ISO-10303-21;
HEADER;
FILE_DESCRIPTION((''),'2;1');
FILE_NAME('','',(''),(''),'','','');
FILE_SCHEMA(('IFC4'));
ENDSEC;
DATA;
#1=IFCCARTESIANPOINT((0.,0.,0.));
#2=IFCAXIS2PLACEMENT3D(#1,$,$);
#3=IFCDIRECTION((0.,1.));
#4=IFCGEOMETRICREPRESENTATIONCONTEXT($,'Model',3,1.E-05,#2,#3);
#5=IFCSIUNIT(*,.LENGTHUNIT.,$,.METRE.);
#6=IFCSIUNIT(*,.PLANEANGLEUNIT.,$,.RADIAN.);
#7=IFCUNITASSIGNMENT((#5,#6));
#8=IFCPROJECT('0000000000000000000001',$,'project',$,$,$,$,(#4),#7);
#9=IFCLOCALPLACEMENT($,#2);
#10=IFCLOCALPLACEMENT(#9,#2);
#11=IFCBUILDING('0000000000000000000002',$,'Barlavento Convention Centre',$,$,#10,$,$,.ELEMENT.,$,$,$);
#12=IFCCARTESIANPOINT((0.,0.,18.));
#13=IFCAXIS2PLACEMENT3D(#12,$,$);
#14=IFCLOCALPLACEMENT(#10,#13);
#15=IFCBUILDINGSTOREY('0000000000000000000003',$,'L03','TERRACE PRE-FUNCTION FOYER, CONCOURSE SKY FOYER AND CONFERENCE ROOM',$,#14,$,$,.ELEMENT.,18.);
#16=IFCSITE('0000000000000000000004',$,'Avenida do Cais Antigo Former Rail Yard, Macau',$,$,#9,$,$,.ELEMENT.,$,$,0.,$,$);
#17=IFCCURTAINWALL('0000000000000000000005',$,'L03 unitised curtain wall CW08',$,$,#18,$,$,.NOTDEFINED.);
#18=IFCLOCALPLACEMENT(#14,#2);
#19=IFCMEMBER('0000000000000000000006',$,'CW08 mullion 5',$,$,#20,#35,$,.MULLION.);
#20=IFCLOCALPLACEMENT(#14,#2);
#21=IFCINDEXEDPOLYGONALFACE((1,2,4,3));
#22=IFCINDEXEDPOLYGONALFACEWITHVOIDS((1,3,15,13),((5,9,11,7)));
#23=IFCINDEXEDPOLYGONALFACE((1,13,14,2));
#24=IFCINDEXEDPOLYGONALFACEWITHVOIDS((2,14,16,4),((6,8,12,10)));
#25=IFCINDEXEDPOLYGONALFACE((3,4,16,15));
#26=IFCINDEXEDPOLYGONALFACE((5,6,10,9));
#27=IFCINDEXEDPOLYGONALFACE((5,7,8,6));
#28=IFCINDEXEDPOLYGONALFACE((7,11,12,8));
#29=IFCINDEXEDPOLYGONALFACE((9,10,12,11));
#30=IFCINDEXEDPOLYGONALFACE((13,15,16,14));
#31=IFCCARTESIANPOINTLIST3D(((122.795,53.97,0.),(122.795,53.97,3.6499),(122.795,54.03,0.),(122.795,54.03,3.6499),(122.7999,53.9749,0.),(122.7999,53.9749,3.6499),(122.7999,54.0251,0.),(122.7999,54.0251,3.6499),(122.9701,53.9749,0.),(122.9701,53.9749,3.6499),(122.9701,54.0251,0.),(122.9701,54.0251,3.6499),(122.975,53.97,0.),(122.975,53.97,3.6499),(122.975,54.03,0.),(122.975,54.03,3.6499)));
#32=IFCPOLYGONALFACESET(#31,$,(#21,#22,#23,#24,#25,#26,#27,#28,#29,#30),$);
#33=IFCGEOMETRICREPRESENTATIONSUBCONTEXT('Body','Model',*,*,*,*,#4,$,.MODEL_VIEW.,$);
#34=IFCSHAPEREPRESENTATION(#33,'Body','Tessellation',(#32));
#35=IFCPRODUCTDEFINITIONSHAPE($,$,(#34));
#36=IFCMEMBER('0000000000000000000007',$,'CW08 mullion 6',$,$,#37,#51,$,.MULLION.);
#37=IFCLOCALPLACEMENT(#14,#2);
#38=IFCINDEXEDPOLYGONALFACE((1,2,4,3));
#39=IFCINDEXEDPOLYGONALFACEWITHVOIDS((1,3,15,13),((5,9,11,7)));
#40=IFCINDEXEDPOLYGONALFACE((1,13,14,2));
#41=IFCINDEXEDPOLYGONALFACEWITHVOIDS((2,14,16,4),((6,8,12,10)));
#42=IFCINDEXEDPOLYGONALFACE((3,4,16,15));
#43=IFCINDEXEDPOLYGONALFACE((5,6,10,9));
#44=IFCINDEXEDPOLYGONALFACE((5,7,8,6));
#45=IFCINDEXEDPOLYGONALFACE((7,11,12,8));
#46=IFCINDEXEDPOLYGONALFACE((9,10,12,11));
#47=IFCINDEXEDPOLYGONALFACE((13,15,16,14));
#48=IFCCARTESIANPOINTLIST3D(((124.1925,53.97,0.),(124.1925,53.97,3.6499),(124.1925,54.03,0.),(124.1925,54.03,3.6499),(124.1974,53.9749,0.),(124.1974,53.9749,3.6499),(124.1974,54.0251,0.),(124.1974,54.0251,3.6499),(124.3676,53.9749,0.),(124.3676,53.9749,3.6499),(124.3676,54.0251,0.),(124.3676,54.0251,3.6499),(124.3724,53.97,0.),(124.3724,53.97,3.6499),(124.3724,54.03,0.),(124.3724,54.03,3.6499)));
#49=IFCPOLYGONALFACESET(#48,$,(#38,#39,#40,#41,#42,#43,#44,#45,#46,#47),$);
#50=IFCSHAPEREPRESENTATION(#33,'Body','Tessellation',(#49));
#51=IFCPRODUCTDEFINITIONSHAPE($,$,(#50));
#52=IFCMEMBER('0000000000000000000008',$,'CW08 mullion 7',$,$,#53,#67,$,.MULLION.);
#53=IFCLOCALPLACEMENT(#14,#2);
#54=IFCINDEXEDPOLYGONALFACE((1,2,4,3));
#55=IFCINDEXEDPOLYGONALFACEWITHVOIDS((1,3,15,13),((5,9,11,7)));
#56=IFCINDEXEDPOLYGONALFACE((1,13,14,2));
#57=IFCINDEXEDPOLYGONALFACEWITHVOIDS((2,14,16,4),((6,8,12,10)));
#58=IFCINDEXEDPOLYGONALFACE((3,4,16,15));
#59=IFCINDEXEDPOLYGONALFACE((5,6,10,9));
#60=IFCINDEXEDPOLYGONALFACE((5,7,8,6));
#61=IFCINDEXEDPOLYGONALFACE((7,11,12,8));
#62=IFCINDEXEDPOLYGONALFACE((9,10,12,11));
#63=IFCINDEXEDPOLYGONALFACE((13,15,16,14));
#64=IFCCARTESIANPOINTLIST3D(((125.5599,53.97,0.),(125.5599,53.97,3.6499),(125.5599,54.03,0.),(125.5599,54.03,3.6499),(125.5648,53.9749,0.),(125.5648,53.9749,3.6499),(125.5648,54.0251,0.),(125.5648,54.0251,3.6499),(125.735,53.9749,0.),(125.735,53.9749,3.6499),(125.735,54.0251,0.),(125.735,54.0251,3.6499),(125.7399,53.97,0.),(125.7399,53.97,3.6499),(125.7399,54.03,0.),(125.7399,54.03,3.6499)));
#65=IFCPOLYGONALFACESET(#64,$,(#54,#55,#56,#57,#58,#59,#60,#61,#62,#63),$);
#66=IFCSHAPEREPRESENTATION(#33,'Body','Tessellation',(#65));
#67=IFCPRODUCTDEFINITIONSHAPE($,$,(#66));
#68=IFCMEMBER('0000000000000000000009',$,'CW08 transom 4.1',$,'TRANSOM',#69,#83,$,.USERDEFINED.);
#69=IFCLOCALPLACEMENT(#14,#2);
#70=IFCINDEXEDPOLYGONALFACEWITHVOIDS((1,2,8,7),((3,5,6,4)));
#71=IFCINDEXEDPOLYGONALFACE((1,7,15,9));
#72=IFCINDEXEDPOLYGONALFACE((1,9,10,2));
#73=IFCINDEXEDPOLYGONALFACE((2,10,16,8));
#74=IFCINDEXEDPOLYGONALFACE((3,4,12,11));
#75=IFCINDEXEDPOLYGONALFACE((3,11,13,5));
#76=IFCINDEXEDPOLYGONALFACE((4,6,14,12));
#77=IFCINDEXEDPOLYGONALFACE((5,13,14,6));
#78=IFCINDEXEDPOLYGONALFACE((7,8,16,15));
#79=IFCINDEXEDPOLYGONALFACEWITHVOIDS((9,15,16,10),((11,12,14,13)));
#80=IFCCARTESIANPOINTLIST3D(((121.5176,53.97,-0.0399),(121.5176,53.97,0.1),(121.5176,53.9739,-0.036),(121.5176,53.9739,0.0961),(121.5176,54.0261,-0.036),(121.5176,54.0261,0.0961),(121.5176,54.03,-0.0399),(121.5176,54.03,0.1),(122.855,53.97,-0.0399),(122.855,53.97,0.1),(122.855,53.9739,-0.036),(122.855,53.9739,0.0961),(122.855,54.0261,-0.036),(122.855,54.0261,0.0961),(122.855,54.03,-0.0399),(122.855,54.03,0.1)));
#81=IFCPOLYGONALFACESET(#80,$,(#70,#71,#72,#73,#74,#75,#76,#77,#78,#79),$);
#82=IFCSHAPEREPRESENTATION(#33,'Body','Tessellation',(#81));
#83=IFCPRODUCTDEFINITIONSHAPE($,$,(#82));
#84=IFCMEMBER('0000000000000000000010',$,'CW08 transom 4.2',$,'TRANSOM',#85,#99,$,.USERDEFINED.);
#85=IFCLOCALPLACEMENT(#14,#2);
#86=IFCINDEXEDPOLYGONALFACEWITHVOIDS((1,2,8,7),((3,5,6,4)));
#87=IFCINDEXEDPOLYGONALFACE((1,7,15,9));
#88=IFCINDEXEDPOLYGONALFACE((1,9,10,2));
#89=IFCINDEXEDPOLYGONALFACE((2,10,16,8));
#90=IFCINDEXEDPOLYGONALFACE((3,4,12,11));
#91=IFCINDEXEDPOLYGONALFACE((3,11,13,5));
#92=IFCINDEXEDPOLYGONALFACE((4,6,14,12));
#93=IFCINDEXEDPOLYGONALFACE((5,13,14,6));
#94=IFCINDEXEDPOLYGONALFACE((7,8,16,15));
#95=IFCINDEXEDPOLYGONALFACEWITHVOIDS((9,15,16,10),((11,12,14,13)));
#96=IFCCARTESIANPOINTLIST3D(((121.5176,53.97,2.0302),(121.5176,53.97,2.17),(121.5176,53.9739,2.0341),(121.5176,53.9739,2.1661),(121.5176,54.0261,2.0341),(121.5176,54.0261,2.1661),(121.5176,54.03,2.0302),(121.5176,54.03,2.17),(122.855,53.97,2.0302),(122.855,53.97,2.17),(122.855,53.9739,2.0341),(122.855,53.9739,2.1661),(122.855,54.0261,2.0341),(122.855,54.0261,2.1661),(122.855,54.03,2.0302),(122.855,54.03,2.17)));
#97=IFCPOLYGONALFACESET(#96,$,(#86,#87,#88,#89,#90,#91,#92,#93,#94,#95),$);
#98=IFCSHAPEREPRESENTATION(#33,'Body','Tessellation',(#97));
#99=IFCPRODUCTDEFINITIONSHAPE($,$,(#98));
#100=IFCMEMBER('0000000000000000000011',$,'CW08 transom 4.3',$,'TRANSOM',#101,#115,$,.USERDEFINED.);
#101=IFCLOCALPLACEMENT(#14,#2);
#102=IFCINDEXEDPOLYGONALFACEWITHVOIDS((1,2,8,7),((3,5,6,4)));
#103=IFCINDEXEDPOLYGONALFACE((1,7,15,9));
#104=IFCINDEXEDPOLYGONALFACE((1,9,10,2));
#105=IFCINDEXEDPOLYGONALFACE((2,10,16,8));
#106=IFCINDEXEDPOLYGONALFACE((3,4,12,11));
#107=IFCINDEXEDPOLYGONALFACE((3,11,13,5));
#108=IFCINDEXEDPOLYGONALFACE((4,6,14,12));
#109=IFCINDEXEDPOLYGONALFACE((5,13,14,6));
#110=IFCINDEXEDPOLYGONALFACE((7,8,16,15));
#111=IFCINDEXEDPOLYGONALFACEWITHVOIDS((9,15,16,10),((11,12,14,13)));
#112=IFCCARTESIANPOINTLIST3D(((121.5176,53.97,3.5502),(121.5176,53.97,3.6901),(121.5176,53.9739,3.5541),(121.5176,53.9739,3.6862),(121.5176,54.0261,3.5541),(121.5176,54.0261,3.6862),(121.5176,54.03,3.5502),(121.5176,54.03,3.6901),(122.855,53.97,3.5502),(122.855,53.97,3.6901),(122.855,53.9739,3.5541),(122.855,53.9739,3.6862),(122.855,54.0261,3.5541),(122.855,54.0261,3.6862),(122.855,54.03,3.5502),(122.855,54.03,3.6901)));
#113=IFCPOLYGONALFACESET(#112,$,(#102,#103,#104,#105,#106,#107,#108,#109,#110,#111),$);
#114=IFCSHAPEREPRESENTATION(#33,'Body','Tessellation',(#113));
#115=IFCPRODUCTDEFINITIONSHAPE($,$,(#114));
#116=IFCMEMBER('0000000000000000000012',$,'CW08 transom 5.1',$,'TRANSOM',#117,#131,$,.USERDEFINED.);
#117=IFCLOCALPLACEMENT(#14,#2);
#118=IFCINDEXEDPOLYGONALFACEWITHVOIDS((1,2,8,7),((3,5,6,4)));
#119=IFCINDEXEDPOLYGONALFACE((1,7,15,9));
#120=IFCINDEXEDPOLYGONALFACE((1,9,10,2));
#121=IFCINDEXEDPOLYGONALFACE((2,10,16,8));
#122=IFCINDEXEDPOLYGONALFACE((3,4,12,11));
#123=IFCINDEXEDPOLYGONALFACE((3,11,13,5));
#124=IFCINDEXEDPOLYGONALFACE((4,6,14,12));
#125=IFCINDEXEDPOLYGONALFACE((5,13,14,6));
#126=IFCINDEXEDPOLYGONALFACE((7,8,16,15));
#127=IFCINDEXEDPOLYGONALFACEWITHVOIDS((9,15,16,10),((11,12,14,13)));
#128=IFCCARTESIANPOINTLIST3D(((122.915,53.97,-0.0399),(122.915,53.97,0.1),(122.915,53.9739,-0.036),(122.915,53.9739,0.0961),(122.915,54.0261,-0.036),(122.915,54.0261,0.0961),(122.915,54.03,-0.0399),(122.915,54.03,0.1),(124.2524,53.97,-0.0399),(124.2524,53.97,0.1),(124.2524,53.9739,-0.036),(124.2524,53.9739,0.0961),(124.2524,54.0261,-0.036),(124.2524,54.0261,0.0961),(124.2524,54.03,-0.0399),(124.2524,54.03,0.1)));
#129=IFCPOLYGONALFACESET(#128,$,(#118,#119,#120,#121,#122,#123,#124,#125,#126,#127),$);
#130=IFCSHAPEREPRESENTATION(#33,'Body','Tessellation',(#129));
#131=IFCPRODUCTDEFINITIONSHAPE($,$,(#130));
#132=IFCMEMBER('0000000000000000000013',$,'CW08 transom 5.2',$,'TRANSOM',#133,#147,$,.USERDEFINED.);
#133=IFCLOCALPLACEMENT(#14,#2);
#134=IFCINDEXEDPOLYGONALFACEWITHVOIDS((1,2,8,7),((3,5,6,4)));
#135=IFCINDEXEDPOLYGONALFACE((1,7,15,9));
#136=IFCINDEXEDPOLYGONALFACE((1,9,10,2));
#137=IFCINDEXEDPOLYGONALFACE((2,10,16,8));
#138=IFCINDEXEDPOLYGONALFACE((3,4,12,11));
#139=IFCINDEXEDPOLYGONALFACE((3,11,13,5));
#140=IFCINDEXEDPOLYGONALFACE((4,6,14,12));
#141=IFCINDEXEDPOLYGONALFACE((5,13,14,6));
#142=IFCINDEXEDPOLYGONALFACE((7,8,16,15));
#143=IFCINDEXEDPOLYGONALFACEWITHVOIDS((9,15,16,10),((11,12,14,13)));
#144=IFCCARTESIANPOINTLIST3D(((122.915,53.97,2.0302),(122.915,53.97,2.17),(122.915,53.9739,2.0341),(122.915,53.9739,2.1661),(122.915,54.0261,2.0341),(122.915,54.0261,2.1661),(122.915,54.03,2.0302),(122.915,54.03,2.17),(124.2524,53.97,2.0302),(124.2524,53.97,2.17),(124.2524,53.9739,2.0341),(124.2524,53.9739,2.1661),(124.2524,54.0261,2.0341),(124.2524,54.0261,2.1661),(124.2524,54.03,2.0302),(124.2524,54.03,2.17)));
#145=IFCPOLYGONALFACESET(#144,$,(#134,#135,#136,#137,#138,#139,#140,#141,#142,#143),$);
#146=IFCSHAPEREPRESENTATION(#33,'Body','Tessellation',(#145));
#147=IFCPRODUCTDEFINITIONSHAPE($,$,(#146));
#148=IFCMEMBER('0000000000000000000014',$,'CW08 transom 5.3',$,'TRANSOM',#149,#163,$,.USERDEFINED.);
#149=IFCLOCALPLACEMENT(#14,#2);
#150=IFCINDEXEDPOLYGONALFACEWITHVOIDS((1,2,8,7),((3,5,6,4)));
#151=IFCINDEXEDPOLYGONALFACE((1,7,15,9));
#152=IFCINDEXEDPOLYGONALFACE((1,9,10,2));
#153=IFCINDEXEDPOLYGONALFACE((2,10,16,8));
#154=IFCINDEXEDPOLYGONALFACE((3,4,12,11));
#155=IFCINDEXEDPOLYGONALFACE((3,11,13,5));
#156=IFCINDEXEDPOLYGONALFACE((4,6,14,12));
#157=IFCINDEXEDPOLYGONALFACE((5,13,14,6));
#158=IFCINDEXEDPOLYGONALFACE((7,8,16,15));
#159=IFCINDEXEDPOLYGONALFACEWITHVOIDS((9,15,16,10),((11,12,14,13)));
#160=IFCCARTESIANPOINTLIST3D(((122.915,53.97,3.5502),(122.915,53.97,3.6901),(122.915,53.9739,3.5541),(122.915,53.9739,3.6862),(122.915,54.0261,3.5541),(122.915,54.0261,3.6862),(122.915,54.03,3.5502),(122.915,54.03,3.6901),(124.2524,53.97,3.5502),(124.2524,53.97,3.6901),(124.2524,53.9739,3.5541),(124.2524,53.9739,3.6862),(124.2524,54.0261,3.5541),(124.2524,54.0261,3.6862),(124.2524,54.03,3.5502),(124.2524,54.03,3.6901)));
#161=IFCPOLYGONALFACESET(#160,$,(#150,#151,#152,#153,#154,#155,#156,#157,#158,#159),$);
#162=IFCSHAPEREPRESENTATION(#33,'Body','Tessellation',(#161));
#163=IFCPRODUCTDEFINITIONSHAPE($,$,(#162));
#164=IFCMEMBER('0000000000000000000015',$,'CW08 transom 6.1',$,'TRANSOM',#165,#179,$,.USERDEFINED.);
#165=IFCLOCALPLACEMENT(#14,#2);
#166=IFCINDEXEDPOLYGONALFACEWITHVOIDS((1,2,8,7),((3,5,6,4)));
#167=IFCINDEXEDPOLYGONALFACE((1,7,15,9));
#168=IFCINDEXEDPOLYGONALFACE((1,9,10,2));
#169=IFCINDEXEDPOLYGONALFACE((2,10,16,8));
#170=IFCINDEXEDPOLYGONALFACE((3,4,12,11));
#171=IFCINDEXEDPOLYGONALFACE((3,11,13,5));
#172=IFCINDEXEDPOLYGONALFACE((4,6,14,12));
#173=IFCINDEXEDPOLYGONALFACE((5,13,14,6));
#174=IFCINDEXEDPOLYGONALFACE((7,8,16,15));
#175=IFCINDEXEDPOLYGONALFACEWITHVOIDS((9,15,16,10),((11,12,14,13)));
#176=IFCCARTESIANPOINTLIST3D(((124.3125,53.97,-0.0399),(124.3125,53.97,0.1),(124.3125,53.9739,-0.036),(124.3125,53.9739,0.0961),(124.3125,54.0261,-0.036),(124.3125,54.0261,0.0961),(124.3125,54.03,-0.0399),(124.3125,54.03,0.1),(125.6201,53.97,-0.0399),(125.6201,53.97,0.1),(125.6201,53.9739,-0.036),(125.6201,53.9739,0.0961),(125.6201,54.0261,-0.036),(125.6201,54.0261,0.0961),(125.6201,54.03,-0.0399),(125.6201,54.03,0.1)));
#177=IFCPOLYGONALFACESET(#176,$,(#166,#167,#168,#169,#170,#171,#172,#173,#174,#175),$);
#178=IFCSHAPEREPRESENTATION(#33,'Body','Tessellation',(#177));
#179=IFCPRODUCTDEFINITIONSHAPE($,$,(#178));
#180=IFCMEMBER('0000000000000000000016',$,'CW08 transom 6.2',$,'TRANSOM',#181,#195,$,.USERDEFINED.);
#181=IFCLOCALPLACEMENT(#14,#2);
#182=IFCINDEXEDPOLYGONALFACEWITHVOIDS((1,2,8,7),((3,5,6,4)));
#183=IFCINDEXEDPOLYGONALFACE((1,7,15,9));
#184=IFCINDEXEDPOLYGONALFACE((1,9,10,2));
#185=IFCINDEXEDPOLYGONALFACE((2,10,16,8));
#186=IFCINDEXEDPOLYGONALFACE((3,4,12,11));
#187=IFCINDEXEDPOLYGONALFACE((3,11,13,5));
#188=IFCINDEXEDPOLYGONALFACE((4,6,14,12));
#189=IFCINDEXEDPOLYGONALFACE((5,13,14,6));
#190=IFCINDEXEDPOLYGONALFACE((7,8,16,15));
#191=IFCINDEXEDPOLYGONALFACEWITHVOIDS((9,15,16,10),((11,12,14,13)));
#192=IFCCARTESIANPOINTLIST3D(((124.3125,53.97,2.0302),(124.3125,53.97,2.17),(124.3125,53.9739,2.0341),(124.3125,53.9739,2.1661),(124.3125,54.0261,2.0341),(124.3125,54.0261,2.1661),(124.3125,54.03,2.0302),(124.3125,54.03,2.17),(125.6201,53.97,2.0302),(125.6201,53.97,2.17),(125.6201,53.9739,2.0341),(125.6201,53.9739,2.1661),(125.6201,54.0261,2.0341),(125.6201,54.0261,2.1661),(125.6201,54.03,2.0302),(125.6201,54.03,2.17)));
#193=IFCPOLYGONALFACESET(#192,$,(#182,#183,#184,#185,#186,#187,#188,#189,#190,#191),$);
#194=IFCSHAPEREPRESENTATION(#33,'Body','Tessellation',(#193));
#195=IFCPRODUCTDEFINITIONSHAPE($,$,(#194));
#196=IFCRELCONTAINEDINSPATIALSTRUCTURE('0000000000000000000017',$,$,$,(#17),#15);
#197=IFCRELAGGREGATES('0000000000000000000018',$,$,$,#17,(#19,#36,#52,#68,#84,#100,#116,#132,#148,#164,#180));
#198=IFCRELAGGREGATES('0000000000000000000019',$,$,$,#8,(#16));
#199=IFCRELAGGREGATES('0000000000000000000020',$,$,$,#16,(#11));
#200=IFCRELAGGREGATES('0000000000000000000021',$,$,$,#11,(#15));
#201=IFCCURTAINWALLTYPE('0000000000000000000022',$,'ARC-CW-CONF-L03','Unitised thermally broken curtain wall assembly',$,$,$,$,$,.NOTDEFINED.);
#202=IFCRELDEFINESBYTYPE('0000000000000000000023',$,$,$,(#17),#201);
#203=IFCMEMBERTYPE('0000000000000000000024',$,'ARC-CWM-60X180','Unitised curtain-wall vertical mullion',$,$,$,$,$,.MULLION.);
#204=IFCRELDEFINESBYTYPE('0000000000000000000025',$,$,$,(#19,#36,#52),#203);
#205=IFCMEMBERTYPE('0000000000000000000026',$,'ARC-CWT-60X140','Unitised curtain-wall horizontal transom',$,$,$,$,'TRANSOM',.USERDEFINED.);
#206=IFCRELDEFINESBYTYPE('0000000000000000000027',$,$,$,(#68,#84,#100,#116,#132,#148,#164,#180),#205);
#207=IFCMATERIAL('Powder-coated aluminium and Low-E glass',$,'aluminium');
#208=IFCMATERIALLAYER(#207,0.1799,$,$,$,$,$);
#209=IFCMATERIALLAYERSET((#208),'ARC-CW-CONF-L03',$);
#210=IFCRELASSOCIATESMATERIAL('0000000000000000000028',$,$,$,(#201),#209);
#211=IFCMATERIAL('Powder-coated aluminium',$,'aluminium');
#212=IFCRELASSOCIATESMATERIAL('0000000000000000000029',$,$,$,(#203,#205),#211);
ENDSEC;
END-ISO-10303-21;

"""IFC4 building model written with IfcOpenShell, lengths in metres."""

from ifc_helpers import new_model, si_unit, direction, frame, origin, origin_2d, place, context, subcontext, project, spatial, hollow_rectangle, extrude, material, layer, layer_set, material_profile, profile_set, type_object, element, aggregate, save


model = new_model("IFC4")

# Units and contexts
model_context = context("Model", 3, precision=1e-05, world=origin(), true_north=direction((0.0, 1.0)))
body_context = subcontext(model_context, "Body", "Model", "MODEL_VIEW")
ifc_project = project(units=[si_unit("LENGTHUNIT", "METRE"), si_unit("PLANEANGLEUNIT", "RADIAN")], contexts=[model_context])

# Site, building, storey
site_placement = place(None, origin())
site = spatial("IfcSite", under=ifc_project, at=site_placement, Name="Avenida do Cais Antigo Former Rail Yard, Macau", CompositionType="ELEMENT", RefElevation=0.0)
building_placement = place(site_placement, origin())
building = spatial("IfcBuilding", under=site, at=building_placement, Name="Barlavento Convention Centre", CompositionType="ELEMENT")
storey_placement = place(building_placement, frame((0.0, 0.0, 18.0)))
storey = spatial("IfcBuildingStorey", under=building, at=storey_placement, Name="L03", Description="TERRACE PRE-FUNCTION FOYER, CONCOURSE SKY FOYER AND CONFERENCE ROOM", CompositionType="ELEMENT", Elevation=18.0)

# Curtain wall, members
ifc_material_1 = material(Name="Powder-coated aluminium and Low-E glass", Category="aluminium")
ifc_layer_1 = layer(ifc_material_1, 0.1799)
ifc_layer_set_1 = layer_set([ifc_layer_1], Name="ARC-CW-CONF-L03")
curtain_wall_type = type_object("IfcCurtainWallType", Name="ARC-CW-CONF-L03", Description="Unitised thermally broken curtain wall assembly", PredefinedType="NOTDEFINED", material=ifc_layer_set_1)
curtain_wall_placement = place(storey_placement, origin())
curtain_wall = element("IfcCurtainWall", 1, at=curtain_wall_placement, inside=storey, type_object=curtain_wall_type, Name="L03 unitised curtain wall CW08", PredefinedType="NOTDEFINED")
ifc_material_2 = material(Name="Powder-coated aluminium", Category="aluminium")
ifc_material_profile_1 = material_profile(ifc_material_2, hollow_rectangle(XDim=0.0601, YDim=0.1799, WallThickness=0.0049, at=origin_2d()), Name="AL-MULL 60x180x5")
ifc_profile_set_1 = profile_set([ifc_material_profile_1], Name="Powder-coated aluminium")
member_type_1 = type_object("IfcMemberType", Name="ARC-CWM-60X180", Description="Unitised curtain-wall vertical mullion", PredefinedType="MULLION", material=ifc_profile_set_1)
member_1_placement = place(storey_placement, frame((122.885, 54.0, 0.0), z_axis=(0.0, 0.0, 1.0), x_axis=(0.0, 1.0, 0.0)))
member_1 = element("IfcMember", 2, at=member_1_placement, type_object=member_type_1, Name="CW08 mullion 5", PredefinedType="MULLION", context=body_context, shape_type="SweptSolid", body=[
    extrude(hollow_rectangle(XDim=0.0601, YDim=0.1799, WallThickness=0.0049, at=origin_2d()), origin(), (0.0, 0.0, 1.0), 3.6499),
])
member_2_placement = place(storey_placement, frame((124.2825, 54.0, 0.0), z_axis=(0.0, 0.0, 1.0), x_axis=(0.0, 1.0, 0.0)))
member_2 = element("IfcMember", 3, at=member_2_placement, type_object=member_type_1, Name="CW08 mullion 6", PredefinedType="MULLION", context=body_context, shape_type="SweptSolid", body=[
    extrude(hollow_rectangle(XDim=0.0601, YDim=0.1799, WallThickness=0.0049, at=origin_2d()), origin(), (0.0, 0.0, 1.0), 3.6499),
])
member_3_placement = place(storey_placement, frame((125.6499, 54.0, 0.0), z_axis=(0.0, 0.0, 1.0), x_axis=(0.0, 1.0, 0.0)))
member_3 = element("IfcMember", 4, at=member_3_placement, type_object=member_type_1, Name="CW08 mullion 7", PredefinedType="MULLION", context=body_context, shape_type="SweptSolid", body=[
    extrude(hollow_rectangle(XDim=0.0601, YDim=0.1799, WallThickness=0.0049, at=origin_2d()), origin(), (0.0, 0.0, 1.0), 3.6499),
])
ifc_material_profile_2 = material_profile(ifc_material_2, hollow_rectangle(XDim=0.0601, YDim=0.1399, WallThickness=0.0039, at=origin_2d()), Name="AL-TRAN 60x140x4")
ifc_profile_set_2 = profile_set([ifc_material_profile_2], Name="Powder-coated aluminium")
member_type_2 = type_object("IfcMemberType", Name="ARC-CWT-60X140", Description="Unitised curtain-wall horizontal transom", ElementType="TRANSOM", PredefinedType="USERDEFINED", material=ifc_profile_set_2)
member_4_placement = place(storey_placement, frame((121.5176, 54.0, 0.03), z_axis=(1.0, 0.0, 0.0), x_axis=(0.0, 1.0, 0.0)))
member_4 = element("IfcMember", 5, at=member_4_placement, type_object=member_type_2, Name="CW08 transom 4.1", ObjectType="TRANSOM", PredefinedType="USERDEFINED", context=body_context, shape_type="SweptSolid", body=[
    extrude(hollow_rectangle(XDim=0.0601, YDim=0.1399, WallThickness=0.0039, at=origin_2d()), origin(), (0.0, 0.0, 1.0), 1.3374),
])
member_5_placement = place(storey_placement, frame((121.5176, 54.0, 2.1001), z_axis=(1.0, 0.0, 0.0), x_axis=(0.0, 1.0, 0.0)))
member_5 = element("IfcMember", 6, at=member_5_placement, type_object=member_type_2, Name="CW08 transom 4.2", ObjectType="TRANSOM", PredefinedType="USERDEFINED", context=body_context, shape_type="SweptSolid", body=[
    extrude(hollow_rectangle(XDim=0.0601, YDim=0.1399, WallThickness=0.0039, at=origin_2d()), origin(), (0.0, 0.0, 1.0), 1.3374),
])
member_6_placement = place(storey_placement, frame((121.5176, 54.0, 3.6201), z_axis=(1.0, 0.0, 0.0), x_axis=(0.0, 1.0, 0.0)))
member_6 = element("IfcMember", 7, at=member_6_placement, type_object=member_type_2, Name="CW08 transom 4.3", ObjectType="TRANSOM", PredefinedType="USERDEFINED", context=body_context, shape_type="SweptSolid", body=[
    extrude(hollow_rectangle(XDim=0.0601, YDim=0.1399, WallThickness=0.0039, at=origin_2d()), origin(), (0.0, 0.0, 1.0), 1.3374),
])
member_7_placement = place(storey_placement, frame((122.915, 54.0, 0.03), z_axis=(1.0, 0.0, 0.0), x_axis=(0.0, 1.0, 0.0)))
member_7 = element("IfcMember", 8, at=member_7_placement, type_object=member_type_2, Name="CW08 transom 5.1", ObjectType="TRANSOM", PredefinedType="USERDEFINED", context=body_context, shape_type="SweptSolid", body=[
    extrude(hollow_rectangle(XDim=0.0601, YDim=0.1399, WallThickness=0.0039, at=origin_2d()), origin(), (0.0, 0.0, 1.0), 1.3374),
])
member_8_placement = place(storey_placement, frame((122.915, 54.0, 2.1001), z_axis=(1.0, 0.0, 0.0), x_axis=(0.0, 1.0, 0.0)))
member_8 = element("IfcMember", 9, at=member_8_placement, type_object=member_type_2, Name="CW08 transom 5.2", ObjectType="TRANSOM", PredefinedType="USERDEFINED", context=body_context, shape_type="SweptSolid", body=[
    extrude(hollow_rectangle(XDim=0.0601, YDim=0.1399, WallThickness=0.0039, at=origin_2d()), origin(), (0.0, 0.0, 1.0), 1.3374),
])
member_9_placement = place(storey_placement, frame((122.915, 54.0, 3.6201), z_axis=(1.0, 0.0, 0.0), x_axis=(0.0, 1.0, 0.0)))
member_9 = element("IfcMember", 10, at=member_9_placement, type_object=member_type_2, Name="CW08 transom 5.3", ObjectType="TRANSOM", PredefinedType="USERDEFINED", context=body_context, shape_type="SweptSolid", body=[
    extrude(hollow_rectangle(XDim=0.0601, YDim=0.1399, WallThickness=0.0039, at=origin_2d()), origin(), (0.0, 0.0, 1.0), 1.3374),
])
member_10_placement = place(storey_placement, frame((124.3125, 54.0, 0.03), z_axis=(1.0, 0.0, 0.0), x_axis=(0.0, 1.0, 0.0)))
member_10 = element("IfcMember", 11, at=member_10_placement, type_object=member_type_2, Name="CW08 transom 6.1", ObjectType="TRANSOM", PredefinedType="USERDEFINED", context=body_context, shape_type="SweptSolid", body=[
    extrude(hollow_rectangle(XDim=0.0601, YDim=0.1399, WallThickness=0.0039, at=origin_2d()), origin(), (0.0, 0.0, 1.0), 1.3076),
])
member_11_placement = place(storey_placement, frame((124.3125, 54.0, 2.1001), z_axis=(1.0, 0.0, 0.0), x_axis=(0.0, 1.0, 0.0)))
member_11 = element("IfcMember", 12, at=member_11_placement, type_object=member_type_2, Name="CW08 transom 6.2", ObjectType="TRANSOM", PredefinedType="USERDEFINED", context=body_context, shape_type="SweptSolid", body=[
    extrude(hollow_rectangle(XDim=0.0601, YDim=0.1399, WallThickness=0.0039, at=origin_2d()), origin(), (0.0, 0.0, 1.0), 1.3076),
])

aggregate(curtain_wall, [member_1, member_2, member_3, member_4, member_5, member_6, member_7, member_8, member_9, member_10, member_11])

save(model, "model.ifc")
